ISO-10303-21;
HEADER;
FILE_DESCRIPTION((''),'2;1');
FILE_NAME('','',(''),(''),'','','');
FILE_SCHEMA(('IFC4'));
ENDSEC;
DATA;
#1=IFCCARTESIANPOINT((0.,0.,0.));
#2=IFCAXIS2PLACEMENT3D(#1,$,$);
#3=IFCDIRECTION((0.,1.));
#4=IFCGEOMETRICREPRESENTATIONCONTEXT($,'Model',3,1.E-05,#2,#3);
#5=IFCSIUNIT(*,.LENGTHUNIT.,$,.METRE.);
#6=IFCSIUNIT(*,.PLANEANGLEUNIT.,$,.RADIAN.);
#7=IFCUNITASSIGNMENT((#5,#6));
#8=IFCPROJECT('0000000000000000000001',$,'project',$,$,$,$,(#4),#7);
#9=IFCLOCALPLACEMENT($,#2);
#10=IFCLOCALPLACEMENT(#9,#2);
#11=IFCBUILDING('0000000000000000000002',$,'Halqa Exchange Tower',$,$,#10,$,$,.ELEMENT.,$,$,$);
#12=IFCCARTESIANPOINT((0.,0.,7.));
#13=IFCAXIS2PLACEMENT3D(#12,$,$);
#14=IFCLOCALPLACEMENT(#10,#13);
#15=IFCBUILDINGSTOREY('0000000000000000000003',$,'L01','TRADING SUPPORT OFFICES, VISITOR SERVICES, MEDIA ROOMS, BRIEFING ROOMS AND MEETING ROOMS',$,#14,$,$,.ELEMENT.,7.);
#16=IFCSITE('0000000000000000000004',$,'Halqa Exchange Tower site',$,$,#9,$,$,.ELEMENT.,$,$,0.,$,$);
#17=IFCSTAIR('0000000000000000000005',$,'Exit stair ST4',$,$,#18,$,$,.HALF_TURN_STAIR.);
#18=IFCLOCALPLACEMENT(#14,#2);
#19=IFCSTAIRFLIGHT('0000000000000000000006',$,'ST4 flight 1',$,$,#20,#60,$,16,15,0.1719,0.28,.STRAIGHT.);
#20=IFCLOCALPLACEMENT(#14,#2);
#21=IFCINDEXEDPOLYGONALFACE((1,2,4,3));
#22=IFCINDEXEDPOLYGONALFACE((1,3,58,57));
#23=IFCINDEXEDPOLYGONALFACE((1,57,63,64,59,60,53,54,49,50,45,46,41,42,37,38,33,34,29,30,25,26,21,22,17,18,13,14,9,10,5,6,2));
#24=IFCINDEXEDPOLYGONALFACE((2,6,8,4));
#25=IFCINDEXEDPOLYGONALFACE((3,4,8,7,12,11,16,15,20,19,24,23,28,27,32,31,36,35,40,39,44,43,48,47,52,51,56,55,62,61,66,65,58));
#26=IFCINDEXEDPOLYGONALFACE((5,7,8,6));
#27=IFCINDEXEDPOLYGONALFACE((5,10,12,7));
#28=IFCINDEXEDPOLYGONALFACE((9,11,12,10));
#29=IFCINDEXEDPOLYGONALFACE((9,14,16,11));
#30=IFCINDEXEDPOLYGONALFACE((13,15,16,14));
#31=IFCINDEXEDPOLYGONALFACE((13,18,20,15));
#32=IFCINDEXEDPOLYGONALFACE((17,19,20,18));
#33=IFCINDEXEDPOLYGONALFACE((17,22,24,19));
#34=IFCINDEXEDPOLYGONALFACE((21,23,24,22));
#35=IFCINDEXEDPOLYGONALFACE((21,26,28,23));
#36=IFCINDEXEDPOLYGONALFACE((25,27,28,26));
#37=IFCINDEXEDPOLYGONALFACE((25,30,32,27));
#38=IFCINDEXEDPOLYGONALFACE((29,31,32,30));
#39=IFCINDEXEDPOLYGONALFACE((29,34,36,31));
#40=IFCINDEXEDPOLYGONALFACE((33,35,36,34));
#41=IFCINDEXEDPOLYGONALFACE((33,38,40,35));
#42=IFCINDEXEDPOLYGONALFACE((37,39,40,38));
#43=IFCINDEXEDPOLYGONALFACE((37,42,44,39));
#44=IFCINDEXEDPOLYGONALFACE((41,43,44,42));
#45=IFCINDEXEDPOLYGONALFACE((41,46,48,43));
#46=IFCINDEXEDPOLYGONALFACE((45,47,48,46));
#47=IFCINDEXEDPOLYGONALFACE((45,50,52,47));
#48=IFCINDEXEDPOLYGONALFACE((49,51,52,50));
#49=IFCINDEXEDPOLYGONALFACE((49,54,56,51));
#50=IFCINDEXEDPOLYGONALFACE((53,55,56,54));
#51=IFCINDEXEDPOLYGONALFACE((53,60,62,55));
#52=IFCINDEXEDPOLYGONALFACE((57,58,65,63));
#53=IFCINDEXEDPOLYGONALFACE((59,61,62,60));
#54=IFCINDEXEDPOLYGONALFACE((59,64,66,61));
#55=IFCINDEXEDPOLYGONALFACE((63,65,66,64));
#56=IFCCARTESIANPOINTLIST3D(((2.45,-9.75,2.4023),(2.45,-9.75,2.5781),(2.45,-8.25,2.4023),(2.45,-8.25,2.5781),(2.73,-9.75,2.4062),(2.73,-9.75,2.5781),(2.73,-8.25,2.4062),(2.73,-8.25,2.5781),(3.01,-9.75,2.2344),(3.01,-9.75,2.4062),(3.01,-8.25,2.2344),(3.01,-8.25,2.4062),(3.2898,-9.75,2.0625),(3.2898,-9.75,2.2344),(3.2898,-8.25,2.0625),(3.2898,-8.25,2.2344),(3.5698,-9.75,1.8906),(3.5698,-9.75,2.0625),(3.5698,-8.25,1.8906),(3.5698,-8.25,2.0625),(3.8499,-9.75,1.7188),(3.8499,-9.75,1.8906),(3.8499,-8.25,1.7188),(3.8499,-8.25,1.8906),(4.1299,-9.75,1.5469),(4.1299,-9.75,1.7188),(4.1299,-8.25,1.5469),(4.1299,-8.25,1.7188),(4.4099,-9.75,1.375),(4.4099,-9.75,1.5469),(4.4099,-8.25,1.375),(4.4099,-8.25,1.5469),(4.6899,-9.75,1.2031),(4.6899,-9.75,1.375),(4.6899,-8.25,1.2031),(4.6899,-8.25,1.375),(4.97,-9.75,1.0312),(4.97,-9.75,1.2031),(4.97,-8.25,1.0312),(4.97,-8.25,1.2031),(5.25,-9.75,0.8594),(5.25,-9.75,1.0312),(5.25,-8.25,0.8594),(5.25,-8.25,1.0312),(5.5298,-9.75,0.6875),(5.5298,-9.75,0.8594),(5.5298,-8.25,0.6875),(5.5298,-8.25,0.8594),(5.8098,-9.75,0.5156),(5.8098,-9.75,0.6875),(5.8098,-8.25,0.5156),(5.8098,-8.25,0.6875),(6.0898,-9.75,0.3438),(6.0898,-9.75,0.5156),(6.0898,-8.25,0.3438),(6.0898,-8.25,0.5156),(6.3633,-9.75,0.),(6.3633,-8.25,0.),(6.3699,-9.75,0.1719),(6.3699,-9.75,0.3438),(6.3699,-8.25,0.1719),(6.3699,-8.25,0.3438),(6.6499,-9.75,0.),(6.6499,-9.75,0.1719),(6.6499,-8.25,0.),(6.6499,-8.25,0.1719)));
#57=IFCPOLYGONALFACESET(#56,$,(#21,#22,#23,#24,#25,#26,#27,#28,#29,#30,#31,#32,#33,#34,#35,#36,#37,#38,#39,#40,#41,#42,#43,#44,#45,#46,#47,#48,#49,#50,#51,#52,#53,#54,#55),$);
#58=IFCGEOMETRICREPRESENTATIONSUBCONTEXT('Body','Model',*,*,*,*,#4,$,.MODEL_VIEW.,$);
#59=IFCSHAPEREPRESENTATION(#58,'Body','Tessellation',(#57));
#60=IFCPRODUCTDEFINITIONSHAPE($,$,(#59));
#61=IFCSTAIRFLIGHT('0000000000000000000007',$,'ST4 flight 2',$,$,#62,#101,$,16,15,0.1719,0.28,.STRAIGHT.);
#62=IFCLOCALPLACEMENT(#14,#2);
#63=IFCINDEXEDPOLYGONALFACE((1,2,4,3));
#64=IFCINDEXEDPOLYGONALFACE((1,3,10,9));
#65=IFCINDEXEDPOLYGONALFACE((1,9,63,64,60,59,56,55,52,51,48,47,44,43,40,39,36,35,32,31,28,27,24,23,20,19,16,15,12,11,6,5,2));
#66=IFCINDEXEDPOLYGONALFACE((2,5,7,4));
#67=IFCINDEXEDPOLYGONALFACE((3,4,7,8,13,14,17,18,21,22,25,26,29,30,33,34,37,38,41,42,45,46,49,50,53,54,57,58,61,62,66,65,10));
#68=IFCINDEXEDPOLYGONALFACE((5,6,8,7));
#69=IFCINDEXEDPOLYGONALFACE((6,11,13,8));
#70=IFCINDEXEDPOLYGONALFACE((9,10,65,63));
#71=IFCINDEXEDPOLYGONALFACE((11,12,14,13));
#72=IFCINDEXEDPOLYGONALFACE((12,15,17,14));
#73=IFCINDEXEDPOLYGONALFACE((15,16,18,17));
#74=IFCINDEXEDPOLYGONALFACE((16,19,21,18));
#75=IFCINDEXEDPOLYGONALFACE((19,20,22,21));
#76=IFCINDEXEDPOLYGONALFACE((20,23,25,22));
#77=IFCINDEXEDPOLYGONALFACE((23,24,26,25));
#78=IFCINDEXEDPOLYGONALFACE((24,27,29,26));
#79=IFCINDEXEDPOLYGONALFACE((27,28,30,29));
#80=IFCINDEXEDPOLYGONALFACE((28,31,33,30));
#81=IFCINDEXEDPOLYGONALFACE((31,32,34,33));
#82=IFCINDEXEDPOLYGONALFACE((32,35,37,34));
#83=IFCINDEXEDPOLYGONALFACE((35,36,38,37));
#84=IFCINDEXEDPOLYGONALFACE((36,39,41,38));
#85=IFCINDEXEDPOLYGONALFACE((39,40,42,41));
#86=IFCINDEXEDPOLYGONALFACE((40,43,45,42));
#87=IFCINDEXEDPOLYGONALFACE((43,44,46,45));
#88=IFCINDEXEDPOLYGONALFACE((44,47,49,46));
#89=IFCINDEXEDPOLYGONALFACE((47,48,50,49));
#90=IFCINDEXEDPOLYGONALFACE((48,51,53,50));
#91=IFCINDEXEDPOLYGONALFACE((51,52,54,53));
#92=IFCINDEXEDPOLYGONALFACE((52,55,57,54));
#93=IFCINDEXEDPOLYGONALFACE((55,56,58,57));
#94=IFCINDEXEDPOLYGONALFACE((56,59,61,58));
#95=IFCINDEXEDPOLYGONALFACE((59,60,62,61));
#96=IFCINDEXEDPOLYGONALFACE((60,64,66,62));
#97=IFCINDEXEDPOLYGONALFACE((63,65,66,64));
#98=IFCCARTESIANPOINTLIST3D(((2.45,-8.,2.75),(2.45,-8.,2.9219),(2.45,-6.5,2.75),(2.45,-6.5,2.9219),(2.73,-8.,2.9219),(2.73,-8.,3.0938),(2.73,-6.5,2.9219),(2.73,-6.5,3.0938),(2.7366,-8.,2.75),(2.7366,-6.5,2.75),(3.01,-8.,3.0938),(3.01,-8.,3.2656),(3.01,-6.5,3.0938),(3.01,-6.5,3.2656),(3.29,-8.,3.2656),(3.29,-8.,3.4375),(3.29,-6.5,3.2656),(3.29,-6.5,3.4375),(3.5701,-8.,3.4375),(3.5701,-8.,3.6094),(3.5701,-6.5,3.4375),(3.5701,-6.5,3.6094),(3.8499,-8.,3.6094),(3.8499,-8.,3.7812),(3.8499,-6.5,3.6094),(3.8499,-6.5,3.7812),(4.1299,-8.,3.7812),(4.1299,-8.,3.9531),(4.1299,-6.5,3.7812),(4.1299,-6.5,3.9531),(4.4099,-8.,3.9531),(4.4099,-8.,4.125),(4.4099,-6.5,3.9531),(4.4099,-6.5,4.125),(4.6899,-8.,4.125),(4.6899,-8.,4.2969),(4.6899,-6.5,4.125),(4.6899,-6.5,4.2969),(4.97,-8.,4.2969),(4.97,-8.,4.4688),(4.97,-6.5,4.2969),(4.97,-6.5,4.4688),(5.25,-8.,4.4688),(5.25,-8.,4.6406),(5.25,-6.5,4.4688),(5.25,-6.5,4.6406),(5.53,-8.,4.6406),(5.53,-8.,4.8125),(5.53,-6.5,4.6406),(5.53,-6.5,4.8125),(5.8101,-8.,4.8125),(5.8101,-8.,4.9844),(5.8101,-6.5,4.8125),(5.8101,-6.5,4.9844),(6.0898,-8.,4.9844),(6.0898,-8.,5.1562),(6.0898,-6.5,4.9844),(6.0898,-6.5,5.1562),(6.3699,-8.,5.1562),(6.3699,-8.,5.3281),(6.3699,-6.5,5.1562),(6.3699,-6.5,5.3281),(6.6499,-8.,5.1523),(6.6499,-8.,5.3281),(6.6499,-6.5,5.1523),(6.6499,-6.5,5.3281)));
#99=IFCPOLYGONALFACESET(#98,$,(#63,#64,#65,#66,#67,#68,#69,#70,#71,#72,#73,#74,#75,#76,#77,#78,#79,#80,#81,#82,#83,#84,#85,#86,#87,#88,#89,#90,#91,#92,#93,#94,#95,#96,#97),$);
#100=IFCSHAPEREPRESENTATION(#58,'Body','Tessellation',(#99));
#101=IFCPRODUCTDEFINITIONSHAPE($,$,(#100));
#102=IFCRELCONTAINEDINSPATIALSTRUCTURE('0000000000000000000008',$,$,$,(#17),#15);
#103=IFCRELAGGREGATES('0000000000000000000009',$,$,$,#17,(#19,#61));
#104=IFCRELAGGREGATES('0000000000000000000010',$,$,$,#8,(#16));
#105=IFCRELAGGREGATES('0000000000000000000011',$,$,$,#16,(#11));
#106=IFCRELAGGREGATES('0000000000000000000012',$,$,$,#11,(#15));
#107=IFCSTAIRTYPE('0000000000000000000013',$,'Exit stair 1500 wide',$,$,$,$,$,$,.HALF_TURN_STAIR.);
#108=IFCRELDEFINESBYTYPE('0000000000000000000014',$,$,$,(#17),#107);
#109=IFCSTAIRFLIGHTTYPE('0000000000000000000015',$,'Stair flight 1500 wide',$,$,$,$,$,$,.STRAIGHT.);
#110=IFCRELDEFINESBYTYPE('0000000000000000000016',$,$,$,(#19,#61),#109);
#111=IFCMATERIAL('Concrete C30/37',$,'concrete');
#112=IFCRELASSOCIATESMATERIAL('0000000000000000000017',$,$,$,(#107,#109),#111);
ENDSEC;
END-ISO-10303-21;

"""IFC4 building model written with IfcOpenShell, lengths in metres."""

from ifc_helpers import new_model, si_unit, direction, frame, origin, place, context, subcontext, project, spatial, polyline, outline, extrude, material, type_object, element, aggregate, save


model = new_model("IFC4")

# Units and contexts
model_context = context("Model", 3, precision=1e-05, world=origin(), true_north=direction((0.0, 1.0)))
body_context = subcontext(model_context, "Body", "Model", "MODEL_VIEW")
ifc_project = project(units=[si_unit("LENGTHUNIT", "METRE"), si_unit("PLANEANGLEUNIT", "RADIAN")], contexts=[model_context])

# Site, building, storey
site_placement = place(None, origin())
site = spatial("IfcSite", under=ifc_project, at=site_placement, Name="Halqa Exchange Tower site", CompositionType="ELEMENT", RefElevation=0.0)
building_placement = place(site_placement, origin())
building = spatial("IfcBuilding", under=site, at=building_placement, Name="Halqa Exchange Tower", CompositionType="ELEMENT")
storey_placement = place(building_placement, frame((0.0, 0.0, 7.0)))
storey = spatial("IfcBuildingStorey", under=building, at=storey_placement, Name="L01", Description="TRADING SUPPORT OFFICES, VISITOR SERVICES, MEDIA ROOMS, BRIEFING ROOMS AND MEETING ROOMS", CompositionType="ELEMENT", Elevation=7.0)

# Shared definitions
ifc_material_1 = material(Name="Concrete C30/37", Category="concrete")

# Stair, stair flights
stair_type = type_object("IfcStairType", Name="Exit stair 1500 wide", PredefinedType="HALF_TURN_STAIR", material=ifc_material_1)
stair_placement = place(storey_placement, origin())
stair = element("IfcStair", 1, at=stair_placement, inside=storey, type_object=stair_type, Name="Exit stair ST4", PredefinedType="HALF_TURN_STAIR")
stair_flight_type = type_object("IfcStairFlightType", Name="Stair flight 1500 wide", PredefinedType="STRAIGHT", material=ifc_material_1)
stair_flight_1_placement = place(storey_placement, frame((6.6499, -9.0, 0.0), z_axis=(0.0, 0.0, 1.0), x_axis=(-1.0, 0.0, 0.0)))
stair_flight_1 = element("IfcStairFlight", 2, at=stair_flight_1_placement, type_object=stair_flight_type, Name="ST4 flight 1", NumberOfRisers=16, NumberOfTreads=15, PredefinedType="STRAIGHT", RiserHeight=0.1719, TreadLength=0.28, context=body_context, shape_type="SweptSolid", body=[
    extrude(outline(polyline([(0.0, 0.0), (0.0, 0.1719), (0.28, 0.1719), (0.28, 0.3438), (0.5601, 0.3438), (0.5601, 0.5156), (0.8401, 0.5156), (0.8401, 0.6875), (1.1201, 0.6875), (1.1201, 0.8594), (1.3999, 0.8594), (1.3999, 1.0312), (1.6799, 1.0312), (1.6799, 1.2031), (1.96, 1.2031), (1.96, 1.375), (2.24, 1.375), (2.24, 1.5469), (2.52, 1.5469), (2.52, 1.7188), (2.8, 1.7188), (2.8, 1.8906), (3.0801, 1.8906), (3.0801, 2.0625), (3.3601, 2.0625), (3.3601, 2.2344), (3.6399, 2.2344), (3.6399, 2.4062), (3.9199, 2.4062), (3.9199, 2.5781), (4.2, 2.5781), (4.2, 2.75), (4.2, 2.4023), (0.2866, 0.0), (0.0, 0.0)])), frame((0.0, 0.75, 0.0), z_axis=(0.0, -1.0, 0.0), x_axis=(1.0, 0.0, 0.0)), (0.0, 0.0, 1.0), 1.5),
])
stair_flight_2_placement = place(storey_placement, frame((2.45, -7.25, 2.75), z_axis=(0.0, 0.0, 1.0), x_axis=(1.0, 0.0, 0.0)))
stair_flight_2 = element("IfcStairFlight", 3, at=stair_flight_2_placement, type_object=stair_flight_type, Name="ST4 flight 2", NumberOfRisers=16, NumberOfTreads=15, PredefinedType="STRAIGHT", RiserHeight=0.1719, TreadLength=0.28, context=body_context, shape_type="SweptSolid", body=[
    extrude(outline(polyline([(0.0, 0.0), (0.0, 0.1719), (0.28, 0.1719), (0.28, 0.3438), (0.5601, 0.3438), (0.5601, 0.5156), (0.8401, 0.5156), (0.8401, 0.6875), (1.1201, 0.6875), (1.1201, 0.8594), (1.3999, 0.8594), (1.3999, 1.0312), (1.6799, 1.0312), (1.6799, 1.2031), (1.96, 1.2031), (1.96, 1.375), (2.24, 1.375), (2.24, 1.5469), (2.52, 1.5469), (2.52, 1.7188), (2.8, 1.7188), (2.8, 1.8906), (3.0801, 1.8906), (3.0801, 2.0625), (3.3601, 2.0625), (3.3601, 2.2344), (3.6399, 2.2344), (3.6399, 2.4062), (3.9199, 2.4062), (3.9199, 2.5781), (4.2, 2.5781), (4.2, 2.75), (4.2, 2.4023), (0.2866, 0.0), (0.0, 0.0)])), frame((0.0, 0.75, 0.0), z_axis=(0.0, -1.0, 0.0), x_axis=(1.0, 0.0, 0.0)), (0.0, 0.0, 1.0), 1.5),
])
aggregate(stair, [stair_flight_1, stair_flight_2])

save(model, "model.ifc")
